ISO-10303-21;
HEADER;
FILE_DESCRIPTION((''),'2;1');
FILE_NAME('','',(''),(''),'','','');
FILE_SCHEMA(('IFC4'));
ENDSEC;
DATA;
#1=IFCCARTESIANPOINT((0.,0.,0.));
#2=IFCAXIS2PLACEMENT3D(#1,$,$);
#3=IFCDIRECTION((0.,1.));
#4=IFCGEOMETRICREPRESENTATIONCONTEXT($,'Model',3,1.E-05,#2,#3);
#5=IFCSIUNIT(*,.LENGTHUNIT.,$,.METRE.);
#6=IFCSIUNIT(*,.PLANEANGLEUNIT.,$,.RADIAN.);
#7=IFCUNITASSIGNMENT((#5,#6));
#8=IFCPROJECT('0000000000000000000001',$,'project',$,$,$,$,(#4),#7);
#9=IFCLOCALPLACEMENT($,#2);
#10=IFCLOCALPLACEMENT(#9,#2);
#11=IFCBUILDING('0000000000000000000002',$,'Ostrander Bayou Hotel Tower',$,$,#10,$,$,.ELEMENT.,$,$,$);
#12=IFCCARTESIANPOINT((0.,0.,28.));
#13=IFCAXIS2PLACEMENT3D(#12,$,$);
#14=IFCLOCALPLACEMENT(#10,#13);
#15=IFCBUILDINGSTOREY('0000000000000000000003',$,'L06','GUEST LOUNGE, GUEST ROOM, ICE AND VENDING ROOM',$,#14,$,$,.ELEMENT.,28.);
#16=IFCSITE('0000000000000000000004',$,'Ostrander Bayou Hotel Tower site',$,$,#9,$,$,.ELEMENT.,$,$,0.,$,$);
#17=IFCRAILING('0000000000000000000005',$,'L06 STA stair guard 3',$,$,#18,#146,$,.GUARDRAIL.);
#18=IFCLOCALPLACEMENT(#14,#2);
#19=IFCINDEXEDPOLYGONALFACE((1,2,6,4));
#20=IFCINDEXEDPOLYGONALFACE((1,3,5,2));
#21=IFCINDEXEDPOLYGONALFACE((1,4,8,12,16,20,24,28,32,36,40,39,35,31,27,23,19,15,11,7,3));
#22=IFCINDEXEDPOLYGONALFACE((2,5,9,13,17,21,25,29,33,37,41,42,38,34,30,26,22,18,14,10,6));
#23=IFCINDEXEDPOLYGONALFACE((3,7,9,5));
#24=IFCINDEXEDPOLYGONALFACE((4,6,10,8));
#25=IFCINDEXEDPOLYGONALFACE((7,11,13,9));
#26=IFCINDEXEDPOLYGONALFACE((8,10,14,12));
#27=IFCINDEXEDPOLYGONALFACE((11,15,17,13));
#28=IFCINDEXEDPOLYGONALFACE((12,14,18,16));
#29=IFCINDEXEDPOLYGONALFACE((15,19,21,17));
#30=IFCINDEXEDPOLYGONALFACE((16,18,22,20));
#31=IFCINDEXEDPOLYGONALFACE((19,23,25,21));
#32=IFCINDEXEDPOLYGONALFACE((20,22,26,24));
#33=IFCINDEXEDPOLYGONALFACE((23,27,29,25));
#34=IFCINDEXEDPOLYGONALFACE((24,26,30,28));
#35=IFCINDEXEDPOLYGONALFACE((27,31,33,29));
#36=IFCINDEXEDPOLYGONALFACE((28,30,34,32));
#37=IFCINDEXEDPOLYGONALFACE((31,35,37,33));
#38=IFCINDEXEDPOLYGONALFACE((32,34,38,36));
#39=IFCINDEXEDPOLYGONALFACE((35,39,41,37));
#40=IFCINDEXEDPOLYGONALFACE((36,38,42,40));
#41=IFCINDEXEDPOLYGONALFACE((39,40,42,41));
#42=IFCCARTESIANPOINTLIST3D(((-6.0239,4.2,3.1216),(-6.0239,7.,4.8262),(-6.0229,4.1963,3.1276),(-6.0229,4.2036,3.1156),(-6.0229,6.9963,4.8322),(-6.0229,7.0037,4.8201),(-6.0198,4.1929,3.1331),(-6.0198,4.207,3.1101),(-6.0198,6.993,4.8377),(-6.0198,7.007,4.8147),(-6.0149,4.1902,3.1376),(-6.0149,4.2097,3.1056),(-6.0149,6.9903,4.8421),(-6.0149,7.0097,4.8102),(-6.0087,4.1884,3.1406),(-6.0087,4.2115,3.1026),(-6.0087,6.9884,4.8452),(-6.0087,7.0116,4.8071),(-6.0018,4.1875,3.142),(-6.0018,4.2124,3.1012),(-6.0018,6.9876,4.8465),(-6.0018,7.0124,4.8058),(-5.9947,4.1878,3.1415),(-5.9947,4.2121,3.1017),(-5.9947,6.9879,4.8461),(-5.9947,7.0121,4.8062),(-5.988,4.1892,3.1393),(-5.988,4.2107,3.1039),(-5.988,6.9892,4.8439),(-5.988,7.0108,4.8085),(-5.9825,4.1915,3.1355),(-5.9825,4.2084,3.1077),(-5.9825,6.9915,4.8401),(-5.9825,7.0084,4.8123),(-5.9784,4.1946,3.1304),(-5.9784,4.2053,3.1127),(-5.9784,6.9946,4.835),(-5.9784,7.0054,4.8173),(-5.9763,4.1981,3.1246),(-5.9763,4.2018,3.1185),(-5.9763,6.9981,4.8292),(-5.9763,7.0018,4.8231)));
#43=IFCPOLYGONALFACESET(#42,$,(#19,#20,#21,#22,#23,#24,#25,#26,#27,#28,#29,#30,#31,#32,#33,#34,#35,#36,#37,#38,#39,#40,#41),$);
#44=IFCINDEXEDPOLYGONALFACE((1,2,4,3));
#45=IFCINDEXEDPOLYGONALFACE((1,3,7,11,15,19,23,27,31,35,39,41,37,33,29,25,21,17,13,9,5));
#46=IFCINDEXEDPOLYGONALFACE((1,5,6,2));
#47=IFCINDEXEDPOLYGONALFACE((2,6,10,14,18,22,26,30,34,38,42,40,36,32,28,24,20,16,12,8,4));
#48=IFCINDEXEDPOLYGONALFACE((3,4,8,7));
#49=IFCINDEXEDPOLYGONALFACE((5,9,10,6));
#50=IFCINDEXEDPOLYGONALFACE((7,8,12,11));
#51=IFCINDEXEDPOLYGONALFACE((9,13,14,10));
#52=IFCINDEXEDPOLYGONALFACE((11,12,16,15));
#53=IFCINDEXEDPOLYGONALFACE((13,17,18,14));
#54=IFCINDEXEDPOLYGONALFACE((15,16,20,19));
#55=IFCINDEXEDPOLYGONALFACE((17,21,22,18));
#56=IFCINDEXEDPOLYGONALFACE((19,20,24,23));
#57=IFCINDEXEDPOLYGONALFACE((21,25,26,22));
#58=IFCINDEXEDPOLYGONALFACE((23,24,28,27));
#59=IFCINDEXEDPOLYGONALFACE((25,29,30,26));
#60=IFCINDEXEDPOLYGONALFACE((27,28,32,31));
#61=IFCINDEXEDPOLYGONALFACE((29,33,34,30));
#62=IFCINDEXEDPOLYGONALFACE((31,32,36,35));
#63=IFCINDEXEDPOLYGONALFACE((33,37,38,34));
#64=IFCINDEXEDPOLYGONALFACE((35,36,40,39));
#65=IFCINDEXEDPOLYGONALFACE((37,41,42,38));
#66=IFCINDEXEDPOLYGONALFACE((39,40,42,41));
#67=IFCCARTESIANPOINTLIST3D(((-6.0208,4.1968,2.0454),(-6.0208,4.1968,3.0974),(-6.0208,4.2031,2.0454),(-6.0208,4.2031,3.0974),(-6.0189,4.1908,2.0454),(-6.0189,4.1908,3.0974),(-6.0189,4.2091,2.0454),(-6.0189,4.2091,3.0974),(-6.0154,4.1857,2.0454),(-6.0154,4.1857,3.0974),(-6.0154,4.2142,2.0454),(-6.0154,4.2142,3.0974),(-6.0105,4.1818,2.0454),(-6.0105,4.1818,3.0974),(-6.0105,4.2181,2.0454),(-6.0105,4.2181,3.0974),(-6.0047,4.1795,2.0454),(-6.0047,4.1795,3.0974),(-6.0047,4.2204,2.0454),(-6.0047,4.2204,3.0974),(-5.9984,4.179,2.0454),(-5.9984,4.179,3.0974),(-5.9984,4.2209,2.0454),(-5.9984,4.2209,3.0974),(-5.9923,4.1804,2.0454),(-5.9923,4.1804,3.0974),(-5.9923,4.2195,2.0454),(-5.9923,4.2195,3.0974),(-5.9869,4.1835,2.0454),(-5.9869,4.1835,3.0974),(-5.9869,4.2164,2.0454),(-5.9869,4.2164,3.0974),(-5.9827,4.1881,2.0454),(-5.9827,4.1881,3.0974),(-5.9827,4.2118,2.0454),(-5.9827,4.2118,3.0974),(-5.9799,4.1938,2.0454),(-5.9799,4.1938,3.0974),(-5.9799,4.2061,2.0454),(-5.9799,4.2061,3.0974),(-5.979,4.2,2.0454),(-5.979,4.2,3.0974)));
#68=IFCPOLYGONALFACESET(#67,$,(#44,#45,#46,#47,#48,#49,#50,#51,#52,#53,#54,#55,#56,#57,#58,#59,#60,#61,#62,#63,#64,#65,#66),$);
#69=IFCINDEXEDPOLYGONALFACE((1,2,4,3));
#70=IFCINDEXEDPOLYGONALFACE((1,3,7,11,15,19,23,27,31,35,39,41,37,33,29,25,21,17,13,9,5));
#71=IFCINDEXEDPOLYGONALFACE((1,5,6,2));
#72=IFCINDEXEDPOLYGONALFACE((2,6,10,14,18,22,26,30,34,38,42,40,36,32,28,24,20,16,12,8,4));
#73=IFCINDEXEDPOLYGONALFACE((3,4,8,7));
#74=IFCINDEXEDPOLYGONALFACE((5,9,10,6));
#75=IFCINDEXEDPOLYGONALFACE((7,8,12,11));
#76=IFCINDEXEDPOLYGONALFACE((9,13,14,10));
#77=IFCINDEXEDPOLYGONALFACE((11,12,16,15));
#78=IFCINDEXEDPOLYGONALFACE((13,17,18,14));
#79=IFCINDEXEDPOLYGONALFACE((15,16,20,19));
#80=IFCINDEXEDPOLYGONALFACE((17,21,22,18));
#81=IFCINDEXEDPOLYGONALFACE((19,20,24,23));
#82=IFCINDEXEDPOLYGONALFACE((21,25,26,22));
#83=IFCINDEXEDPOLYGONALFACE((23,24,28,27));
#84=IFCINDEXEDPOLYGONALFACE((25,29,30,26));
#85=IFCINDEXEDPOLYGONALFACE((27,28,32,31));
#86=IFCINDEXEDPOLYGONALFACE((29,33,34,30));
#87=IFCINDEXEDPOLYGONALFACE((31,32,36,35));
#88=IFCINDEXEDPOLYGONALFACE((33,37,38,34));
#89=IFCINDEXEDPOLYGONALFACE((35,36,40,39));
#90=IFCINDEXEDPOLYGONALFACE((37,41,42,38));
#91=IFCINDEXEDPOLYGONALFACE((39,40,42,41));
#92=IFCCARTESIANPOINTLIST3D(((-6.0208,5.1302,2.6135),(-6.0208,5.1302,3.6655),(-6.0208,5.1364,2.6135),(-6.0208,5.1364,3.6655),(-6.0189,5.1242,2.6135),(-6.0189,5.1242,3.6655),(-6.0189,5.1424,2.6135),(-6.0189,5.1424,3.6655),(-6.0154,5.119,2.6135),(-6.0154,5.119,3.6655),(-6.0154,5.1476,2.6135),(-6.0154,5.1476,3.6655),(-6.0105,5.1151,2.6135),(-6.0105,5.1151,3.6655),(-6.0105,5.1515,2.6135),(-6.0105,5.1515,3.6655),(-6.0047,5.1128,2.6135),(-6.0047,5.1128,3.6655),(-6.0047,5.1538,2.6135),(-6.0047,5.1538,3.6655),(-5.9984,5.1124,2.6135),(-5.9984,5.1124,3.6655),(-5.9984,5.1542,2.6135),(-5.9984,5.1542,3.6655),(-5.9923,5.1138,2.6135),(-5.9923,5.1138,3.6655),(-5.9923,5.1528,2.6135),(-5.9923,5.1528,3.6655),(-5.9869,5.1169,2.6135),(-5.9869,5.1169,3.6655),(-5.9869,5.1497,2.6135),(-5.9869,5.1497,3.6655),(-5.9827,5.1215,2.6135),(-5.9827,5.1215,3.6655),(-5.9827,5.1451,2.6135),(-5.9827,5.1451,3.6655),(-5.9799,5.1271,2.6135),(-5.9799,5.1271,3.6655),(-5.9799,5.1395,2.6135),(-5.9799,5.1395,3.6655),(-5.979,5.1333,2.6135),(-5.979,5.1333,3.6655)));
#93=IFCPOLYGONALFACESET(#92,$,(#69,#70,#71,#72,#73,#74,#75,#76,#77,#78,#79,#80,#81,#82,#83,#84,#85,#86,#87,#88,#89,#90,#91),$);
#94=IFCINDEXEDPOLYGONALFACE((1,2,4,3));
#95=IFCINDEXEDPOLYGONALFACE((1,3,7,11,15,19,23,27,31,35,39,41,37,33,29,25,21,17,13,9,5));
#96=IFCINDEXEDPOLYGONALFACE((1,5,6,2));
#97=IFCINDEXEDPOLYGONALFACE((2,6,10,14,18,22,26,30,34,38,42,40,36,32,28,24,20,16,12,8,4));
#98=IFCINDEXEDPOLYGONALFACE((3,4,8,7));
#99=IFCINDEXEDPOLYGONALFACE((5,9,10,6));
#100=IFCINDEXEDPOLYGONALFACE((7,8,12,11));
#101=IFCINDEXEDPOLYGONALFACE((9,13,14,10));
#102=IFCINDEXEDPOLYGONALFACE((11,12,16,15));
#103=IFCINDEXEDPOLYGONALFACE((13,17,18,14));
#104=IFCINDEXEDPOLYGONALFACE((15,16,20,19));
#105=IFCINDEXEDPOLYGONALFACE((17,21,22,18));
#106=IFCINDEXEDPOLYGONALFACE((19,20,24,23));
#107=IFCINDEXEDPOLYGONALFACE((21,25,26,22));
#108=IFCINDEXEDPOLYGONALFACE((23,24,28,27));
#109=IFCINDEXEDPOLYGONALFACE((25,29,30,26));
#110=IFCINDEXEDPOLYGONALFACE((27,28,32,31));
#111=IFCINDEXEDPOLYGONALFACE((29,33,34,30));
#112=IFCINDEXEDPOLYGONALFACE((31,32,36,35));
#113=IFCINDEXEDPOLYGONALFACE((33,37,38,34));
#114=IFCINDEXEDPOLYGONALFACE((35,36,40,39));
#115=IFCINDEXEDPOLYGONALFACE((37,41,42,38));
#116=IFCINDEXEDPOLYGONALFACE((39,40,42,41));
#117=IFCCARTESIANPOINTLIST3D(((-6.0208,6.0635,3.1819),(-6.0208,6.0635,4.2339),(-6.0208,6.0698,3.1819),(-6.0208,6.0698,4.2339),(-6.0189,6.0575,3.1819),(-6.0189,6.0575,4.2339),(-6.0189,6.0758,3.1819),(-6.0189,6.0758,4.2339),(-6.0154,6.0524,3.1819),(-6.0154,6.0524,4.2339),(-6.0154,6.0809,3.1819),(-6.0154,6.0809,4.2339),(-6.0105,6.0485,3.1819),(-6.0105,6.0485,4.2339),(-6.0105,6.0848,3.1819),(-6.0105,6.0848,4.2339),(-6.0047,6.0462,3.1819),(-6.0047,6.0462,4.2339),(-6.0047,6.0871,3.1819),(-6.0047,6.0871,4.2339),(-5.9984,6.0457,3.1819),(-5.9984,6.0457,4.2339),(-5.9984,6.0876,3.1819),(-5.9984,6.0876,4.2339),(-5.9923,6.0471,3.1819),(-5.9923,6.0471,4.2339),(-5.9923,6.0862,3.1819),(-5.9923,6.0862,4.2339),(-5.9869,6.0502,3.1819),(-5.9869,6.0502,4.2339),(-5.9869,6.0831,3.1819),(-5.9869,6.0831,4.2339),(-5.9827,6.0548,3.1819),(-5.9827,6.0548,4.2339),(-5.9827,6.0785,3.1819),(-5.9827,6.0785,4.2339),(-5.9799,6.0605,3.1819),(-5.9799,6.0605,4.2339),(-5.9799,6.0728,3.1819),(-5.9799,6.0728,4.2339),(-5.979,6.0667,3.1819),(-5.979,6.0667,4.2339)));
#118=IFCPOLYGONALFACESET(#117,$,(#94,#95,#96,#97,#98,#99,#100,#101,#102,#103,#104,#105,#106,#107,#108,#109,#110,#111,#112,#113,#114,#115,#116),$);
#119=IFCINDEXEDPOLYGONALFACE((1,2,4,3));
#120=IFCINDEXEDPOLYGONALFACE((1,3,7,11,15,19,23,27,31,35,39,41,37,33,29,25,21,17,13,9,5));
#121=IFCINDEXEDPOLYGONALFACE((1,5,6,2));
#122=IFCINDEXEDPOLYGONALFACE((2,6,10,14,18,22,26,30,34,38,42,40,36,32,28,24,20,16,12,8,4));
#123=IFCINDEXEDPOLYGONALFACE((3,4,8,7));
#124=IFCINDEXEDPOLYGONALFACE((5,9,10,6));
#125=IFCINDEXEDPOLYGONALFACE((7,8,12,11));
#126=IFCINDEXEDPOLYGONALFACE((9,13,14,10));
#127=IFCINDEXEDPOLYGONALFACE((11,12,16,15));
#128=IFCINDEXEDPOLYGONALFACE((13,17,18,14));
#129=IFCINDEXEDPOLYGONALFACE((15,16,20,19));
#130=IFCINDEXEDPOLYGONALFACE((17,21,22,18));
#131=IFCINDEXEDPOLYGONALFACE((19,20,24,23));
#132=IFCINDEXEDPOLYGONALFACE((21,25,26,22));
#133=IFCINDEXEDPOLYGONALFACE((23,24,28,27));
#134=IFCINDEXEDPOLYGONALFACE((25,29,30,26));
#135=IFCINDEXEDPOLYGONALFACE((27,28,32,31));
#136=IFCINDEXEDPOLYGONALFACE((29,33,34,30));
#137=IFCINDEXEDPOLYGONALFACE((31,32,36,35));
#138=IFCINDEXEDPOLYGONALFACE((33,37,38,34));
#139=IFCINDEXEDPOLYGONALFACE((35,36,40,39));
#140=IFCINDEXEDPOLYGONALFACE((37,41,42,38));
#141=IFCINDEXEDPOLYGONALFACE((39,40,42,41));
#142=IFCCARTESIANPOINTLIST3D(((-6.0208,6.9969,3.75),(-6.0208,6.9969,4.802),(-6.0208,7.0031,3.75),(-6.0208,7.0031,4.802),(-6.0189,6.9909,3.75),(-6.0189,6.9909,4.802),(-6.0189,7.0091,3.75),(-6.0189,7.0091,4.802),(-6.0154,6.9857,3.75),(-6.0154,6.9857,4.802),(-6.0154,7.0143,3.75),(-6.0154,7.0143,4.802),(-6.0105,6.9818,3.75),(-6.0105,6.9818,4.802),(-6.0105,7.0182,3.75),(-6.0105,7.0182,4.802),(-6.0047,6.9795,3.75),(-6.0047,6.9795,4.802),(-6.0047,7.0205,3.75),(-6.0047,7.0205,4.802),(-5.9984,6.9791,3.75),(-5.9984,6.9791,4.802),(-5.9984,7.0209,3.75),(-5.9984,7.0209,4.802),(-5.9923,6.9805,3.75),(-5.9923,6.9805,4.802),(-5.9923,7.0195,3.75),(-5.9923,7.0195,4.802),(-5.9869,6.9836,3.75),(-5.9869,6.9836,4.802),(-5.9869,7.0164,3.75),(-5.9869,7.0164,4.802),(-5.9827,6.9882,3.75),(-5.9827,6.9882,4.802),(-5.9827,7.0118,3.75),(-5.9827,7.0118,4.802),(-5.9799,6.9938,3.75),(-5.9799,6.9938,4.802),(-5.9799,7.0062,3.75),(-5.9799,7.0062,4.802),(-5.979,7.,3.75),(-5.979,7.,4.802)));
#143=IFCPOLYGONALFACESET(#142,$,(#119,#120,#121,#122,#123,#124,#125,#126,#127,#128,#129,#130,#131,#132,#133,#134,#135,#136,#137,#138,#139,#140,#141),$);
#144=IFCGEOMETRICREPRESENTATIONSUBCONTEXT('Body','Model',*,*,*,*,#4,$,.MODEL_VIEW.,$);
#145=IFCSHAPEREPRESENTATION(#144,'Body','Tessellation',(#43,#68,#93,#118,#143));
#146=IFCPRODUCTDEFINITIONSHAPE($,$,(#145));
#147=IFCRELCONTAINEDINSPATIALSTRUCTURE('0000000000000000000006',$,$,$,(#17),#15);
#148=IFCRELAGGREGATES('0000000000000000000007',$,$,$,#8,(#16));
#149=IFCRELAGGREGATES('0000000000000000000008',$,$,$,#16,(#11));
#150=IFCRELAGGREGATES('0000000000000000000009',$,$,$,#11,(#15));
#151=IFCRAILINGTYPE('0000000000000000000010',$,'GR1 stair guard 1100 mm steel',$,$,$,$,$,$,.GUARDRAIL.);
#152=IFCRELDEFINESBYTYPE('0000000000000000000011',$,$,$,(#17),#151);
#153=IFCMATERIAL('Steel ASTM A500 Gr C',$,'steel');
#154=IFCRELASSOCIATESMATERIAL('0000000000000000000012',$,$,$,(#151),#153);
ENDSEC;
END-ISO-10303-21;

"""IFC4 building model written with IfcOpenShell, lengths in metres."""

from ifc_helpers import new_model, si_unit, direction, frame, origin, origin_2d, place, context, subcontext, project, spatial, circle, extrude, material, type_object, element, save


model = new_model("IFC4")

# Units and contexts
model_context = context("Model", 3, precision=1e-05, world=origin(), true_north=direction((0.0, 1.0)))
body_context = subcontext(model_context, "Body", "Model", "MODEL_VIEW")
ifc_project = project(units=[si_unit("LENGTHUNIT", "METRE"), si_unit("PLANEANGLEUNIT", "RADIAN")], contexts=[model_context])

# Site, building, storey
site_placement = place(None, origin())
site = spatial("IfcSite", under=ifc_project, at=site_placement, Name="Ostrander Bayou Hotel Tower site", CompositionType="ELEMENT", RefElevation=0.0)
building_placement = place(site_placement, origin())
building = spatial("IfcBuilding", under=site, at=building_placement, Name="Ostrander Bayou Hotel Tower", CompositionType="ELEMENT")
storey_placement = place(building_placement, frame((0.0, 0.0, 28.0)))
storey = spatial("IfcBuildingStorey", under=building, at=storey_placement, Name="L06", Description="GUEST LOUNGE, GUEST ROOM, ICE AND VENDING ROOM", CompositionType="ELEMENT", Elevation=28.0)

# Railing
ifc_material_1 = material(Name="Steel ASTM A500 Gr C", Category="steel")
railing_type_1 = type_object("IfcRailingType", Name="GR1 stair guard 1100 mm steel", PredefinedType="GUARDRAIL", material=ifc_material_1)
railing_1_placement = place(storey_placement, frame((-6.0, 4.2, 2.0454)))
element("IfcRailing", 1, at=railing_1_placement, inside=storey, type_object=railing_type_1, Name="L06 STA stair guard 3", PredefinedType="GUARDRAIL", context=body_context, shape_type="SweptSolid", body=[
    extrude(circle(Radius=0.0239, at=origin_2d()), frame((0.0, 0.0, 1.0762), z_axis=(0.0, 0.85417, 0.519994), x_axis=(-1.0, 0.0, 0.0)), (0.0, 0.0, 1.0), 3.2781),
    extrude(circle(Radius=0.021, at=origin_2d()), origin(), (0.0, 0.0, 1.0), 1.052),
    extrude(circle(Radius=0.021, at=origin_2d()), frame((0.0, 0.9333, 0.5681)), (0.0, 0.0, 1.0), 1.052),
    extrude(circle(Radius=0.021, at=origin_2d()), frame((0.0, 1.8667, 1.1365)), (0.0, 0.0, 1.0), 1.052),
    extrude(circle(Radius=0.021, at=origin_2d()), frame((0.0, 2.8, 1.7046)), (0.0, 0.0, 1.0), 1.052),
])

save(model, "model.ifc")
